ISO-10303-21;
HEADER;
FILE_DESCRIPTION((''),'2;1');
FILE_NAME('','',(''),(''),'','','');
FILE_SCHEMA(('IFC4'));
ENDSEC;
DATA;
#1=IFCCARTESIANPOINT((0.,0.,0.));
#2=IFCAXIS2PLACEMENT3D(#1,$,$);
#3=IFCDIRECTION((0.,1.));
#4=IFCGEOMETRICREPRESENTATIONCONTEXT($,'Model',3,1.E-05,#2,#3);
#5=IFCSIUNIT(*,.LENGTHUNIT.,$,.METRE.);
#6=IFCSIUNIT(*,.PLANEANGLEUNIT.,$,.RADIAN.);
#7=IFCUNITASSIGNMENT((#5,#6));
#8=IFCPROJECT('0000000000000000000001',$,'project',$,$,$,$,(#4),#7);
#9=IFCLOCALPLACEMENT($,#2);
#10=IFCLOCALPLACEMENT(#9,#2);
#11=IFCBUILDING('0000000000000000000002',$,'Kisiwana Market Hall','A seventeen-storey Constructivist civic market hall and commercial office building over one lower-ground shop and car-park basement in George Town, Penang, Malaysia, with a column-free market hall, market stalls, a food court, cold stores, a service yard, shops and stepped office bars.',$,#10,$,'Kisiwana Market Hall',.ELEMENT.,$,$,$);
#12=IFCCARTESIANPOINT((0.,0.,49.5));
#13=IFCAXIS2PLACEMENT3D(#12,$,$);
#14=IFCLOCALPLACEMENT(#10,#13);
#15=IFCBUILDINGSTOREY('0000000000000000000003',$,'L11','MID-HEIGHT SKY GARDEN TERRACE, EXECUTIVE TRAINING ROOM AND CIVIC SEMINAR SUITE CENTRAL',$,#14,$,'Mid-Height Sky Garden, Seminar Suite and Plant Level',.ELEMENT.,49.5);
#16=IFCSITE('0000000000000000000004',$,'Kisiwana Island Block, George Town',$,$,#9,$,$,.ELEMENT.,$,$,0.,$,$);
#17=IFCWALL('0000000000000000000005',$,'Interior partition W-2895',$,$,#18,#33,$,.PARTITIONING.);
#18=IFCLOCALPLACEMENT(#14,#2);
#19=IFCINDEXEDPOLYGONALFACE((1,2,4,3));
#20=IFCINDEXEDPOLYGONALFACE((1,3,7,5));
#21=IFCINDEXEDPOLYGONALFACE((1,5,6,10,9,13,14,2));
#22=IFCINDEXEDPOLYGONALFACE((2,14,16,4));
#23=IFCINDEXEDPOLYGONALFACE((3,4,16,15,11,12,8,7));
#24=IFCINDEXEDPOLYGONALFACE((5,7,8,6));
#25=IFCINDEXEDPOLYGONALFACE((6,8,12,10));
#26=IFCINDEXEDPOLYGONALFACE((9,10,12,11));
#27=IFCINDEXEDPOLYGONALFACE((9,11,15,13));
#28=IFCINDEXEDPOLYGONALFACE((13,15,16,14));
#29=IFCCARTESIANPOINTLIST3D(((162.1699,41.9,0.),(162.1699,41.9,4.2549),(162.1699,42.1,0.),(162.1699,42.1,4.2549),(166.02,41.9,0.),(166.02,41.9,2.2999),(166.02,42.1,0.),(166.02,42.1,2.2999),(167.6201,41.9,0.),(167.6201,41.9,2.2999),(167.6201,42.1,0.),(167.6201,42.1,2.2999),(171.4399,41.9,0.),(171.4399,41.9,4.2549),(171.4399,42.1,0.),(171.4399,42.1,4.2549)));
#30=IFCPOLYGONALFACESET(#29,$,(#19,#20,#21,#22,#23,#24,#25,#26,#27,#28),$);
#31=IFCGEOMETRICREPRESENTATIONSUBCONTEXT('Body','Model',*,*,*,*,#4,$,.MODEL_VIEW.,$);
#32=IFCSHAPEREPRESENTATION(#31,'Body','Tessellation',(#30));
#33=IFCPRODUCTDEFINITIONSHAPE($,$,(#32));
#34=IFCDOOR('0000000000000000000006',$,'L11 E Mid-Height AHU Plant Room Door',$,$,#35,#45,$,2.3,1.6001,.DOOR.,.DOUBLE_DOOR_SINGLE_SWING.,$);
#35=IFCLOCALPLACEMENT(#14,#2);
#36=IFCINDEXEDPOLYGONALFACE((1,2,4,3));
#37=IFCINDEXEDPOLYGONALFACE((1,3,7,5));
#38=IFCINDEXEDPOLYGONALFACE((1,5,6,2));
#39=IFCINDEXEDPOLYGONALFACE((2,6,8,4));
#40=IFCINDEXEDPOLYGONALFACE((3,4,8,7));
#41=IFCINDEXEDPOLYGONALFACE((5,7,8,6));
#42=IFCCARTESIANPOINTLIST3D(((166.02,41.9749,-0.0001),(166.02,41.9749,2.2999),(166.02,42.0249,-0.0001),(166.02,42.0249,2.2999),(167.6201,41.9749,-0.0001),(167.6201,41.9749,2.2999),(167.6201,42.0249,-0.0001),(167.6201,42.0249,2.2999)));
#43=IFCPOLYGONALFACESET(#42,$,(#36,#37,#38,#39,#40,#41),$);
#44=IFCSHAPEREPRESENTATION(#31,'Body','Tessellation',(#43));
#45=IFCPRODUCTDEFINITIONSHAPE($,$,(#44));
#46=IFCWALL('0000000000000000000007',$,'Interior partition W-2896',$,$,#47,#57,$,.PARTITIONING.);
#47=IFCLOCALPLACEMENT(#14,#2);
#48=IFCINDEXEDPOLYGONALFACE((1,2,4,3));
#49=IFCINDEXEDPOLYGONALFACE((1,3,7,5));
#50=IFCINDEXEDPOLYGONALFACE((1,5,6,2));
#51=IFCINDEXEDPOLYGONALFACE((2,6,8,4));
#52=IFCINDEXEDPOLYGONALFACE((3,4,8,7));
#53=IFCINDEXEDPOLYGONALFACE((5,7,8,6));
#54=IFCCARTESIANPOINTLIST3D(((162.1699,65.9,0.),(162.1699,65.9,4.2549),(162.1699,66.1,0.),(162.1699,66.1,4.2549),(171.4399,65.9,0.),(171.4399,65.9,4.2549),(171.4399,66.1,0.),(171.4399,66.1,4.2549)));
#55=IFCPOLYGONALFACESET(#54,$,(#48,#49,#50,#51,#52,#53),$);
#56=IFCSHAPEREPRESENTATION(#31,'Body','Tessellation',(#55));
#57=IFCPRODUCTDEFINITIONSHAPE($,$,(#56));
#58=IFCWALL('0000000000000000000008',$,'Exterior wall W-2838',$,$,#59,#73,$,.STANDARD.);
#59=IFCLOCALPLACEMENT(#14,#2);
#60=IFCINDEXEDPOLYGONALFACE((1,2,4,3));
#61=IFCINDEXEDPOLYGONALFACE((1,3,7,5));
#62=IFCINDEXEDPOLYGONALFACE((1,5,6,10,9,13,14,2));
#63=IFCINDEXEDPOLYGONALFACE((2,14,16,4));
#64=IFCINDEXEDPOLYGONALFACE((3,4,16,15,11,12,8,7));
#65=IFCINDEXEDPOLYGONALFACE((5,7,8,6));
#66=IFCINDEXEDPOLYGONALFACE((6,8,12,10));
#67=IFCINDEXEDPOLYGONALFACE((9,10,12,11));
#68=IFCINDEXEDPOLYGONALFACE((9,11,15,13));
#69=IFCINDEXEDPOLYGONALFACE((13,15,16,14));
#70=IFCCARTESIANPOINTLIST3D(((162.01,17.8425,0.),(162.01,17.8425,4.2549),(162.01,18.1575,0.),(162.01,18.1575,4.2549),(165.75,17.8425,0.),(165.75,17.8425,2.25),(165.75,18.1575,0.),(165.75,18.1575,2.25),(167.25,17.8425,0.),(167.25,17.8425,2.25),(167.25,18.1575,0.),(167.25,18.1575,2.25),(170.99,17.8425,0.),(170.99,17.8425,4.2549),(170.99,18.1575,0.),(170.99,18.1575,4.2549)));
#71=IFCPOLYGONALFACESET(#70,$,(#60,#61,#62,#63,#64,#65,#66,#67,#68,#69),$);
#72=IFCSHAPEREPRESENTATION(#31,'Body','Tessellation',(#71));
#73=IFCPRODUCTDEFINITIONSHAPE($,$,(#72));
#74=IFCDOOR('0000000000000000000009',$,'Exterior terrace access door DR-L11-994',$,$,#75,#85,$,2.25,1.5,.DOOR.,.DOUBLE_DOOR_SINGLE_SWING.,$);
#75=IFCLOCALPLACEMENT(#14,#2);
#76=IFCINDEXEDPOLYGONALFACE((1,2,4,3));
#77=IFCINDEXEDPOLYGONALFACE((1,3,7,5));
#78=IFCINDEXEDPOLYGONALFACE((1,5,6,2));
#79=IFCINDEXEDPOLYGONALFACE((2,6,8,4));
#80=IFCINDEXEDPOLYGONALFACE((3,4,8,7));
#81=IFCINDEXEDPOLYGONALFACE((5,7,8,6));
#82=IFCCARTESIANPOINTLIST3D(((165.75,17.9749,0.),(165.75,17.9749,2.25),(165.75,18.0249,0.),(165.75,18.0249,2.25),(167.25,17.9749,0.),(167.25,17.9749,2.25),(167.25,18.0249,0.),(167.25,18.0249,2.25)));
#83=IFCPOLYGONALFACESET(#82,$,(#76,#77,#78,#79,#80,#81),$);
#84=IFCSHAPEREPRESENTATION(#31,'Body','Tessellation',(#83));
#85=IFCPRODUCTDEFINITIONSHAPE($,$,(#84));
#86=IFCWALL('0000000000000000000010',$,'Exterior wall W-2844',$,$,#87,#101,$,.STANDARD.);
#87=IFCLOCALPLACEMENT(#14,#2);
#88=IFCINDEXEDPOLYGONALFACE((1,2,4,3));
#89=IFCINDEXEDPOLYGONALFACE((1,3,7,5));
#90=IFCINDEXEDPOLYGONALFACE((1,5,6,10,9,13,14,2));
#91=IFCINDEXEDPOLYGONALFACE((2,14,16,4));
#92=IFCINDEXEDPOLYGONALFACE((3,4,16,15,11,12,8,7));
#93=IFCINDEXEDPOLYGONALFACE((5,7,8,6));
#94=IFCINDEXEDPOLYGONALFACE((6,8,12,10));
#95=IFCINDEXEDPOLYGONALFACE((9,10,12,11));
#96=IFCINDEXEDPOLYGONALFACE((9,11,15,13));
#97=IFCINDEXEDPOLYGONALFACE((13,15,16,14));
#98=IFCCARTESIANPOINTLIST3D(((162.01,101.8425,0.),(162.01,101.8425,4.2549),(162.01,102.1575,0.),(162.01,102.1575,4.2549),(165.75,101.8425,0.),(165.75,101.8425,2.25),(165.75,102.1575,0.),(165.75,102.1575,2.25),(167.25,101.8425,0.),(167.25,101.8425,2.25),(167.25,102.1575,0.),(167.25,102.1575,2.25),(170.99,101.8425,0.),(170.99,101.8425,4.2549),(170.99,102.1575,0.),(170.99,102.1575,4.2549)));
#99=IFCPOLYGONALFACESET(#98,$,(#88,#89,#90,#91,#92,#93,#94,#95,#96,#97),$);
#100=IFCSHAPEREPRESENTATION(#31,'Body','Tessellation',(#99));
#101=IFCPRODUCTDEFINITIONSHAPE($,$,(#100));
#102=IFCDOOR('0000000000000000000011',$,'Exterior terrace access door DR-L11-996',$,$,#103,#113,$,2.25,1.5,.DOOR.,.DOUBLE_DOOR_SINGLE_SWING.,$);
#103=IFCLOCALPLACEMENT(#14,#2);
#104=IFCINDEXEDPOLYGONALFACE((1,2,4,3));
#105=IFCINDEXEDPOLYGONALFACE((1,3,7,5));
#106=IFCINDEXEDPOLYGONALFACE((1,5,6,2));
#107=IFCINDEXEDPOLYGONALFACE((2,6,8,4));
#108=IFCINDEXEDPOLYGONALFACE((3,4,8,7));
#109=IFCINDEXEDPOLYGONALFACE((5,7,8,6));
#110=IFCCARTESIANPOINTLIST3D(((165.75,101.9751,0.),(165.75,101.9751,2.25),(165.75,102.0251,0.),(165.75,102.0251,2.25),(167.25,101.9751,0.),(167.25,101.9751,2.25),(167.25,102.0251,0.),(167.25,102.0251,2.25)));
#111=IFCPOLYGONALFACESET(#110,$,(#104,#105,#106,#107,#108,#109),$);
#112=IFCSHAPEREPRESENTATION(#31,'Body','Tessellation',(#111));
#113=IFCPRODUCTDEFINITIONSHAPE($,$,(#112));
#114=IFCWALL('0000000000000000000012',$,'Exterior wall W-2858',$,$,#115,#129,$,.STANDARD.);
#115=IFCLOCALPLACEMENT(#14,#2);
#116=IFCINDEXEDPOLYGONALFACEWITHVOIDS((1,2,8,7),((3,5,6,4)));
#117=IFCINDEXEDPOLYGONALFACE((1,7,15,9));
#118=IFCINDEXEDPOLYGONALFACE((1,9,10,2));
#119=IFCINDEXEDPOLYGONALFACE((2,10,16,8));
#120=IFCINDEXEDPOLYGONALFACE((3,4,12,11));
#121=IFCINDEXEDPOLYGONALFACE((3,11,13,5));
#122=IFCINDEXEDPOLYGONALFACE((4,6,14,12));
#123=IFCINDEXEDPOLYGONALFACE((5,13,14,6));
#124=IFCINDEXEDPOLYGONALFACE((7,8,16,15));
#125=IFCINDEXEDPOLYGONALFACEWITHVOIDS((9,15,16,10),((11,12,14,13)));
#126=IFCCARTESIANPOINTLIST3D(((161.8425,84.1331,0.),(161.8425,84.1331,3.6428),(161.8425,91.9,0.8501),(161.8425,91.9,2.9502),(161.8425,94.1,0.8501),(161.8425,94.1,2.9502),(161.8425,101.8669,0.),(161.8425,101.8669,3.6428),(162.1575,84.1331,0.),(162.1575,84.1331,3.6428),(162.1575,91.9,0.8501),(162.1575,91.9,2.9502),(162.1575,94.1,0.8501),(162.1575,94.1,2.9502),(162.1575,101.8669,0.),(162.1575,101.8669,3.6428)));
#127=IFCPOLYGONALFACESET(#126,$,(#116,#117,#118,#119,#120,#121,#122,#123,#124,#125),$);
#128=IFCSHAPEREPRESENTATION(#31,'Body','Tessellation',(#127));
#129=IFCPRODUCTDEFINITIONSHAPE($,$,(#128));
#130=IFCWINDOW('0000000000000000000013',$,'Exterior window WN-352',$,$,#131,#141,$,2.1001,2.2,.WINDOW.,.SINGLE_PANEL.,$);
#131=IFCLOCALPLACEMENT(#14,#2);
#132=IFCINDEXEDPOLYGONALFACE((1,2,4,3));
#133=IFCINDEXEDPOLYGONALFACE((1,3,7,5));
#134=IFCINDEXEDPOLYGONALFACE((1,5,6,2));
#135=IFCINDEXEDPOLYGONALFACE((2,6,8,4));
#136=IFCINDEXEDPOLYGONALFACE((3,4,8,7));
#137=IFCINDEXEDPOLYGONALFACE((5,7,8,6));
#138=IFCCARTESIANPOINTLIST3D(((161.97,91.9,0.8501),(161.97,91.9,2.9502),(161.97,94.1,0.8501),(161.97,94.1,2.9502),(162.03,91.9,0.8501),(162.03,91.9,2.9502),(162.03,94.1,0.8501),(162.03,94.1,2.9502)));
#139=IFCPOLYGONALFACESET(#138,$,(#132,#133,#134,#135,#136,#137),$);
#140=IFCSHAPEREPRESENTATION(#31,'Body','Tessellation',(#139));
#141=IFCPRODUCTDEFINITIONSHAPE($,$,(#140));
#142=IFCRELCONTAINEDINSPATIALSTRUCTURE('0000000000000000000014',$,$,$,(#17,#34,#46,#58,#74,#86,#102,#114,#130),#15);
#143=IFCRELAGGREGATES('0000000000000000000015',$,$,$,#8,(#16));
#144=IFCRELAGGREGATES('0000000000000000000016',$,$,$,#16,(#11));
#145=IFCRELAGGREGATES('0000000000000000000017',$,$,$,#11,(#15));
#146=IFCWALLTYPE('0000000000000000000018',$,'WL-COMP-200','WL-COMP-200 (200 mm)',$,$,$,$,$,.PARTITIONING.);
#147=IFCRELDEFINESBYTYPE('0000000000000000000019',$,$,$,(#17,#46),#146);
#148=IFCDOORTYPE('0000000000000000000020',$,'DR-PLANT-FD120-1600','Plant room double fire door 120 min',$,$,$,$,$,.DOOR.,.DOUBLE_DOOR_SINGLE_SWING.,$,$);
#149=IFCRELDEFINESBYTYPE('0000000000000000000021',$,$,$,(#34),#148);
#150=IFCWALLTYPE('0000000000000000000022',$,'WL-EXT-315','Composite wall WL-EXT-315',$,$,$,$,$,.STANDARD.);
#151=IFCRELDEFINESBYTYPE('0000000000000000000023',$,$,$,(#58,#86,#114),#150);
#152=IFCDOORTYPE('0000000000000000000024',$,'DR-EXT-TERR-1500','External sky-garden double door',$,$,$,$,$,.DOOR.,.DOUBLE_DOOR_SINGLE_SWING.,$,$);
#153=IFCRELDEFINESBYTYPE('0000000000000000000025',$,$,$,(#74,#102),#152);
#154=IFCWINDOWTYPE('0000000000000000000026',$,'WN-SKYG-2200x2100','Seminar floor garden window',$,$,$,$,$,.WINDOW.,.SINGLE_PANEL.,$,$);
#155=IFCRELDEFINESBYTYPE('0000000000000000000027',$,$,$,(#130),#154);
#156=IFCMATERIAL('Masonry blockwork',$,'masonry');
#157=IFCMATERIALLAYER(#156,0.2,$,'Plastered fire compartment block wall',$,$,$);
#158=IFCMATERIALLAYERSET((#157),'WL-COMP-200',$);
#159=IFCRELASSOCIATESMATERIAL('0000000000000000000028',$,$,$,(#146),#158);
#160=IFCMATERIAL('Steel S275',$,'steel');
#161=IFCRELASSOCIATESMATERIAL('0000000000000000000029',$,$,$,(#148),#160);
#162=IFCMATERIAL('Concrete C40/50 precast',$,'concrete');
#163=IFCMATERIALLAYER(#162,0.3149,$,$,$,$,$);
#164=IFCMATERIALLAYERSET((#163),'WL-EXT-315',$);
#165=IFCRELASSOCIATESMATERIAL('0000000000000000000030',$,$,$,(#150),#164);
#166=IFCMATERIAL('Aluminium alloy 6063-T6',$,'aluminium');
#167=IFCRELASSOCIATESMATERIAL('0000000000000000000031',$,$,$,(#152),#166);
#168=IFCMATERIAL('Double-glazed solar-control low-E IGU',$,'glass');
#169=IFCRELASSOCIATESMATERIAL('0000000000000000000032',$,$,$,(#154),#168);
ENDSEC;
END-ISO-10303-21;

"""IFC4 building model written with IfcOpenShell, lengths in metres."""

from ifc_helpers import new_model, si_unit, direction, frame, frame_2d, origin, place, context, subcontext, project, spatial, rectangle, extrude, material, layer, layer_set, type_object, element, fill, save


model = new_model("IFC4")

# Units and contexts
model_context = context("Model", 3, precision=1e-05, world=origin(), true_north=direction((0.0, 1.0)))
body_context = subcontext(model_context, "Body", "Model", "MODEL_VIEW")
ifc_project = project(units=[si_unit("LENGTHUNIT", "METRE"), si_unit("PLANEANGLEUNIT", "RADIAN")], contexts=[model_context])

# Site, building, storey
site_placement = place(None, origin())
site = spatial("IfcSite", under=ifc_project, at=site_placement, Name="Kisiwana Island Block, George Town", CompositionType="ELEMENT", RefElevation=0.0)
building_placement = place(site_placement, origin())
building = spatial("IfcBuilding", under=site, at=building_placement, Name="Kisiwana Market Hall", Description="A seventeen-storey Constructivist civic market hall and commercial office building over one lower-ground shop and car-park basement in George Town, Penang, Malaysia, with a column-free market hall, market stalls, a food court, cold stores, a service yard, shops and stepped office bars.", LongName="Kisiwana Market Hall", CompositionType="ELEMENT")
storey_placement = place(building_placement, frame((0.0, 0.0, 49.5)))
storey = spatial("IfcBuildingStorey", under=building, at=storey_placement, Name="L11", Description="MID-HEIGHT SKY GARDEN TERRACE, EXECUTIVE TRAINING ROOM AND CIVIC SEMINAR SUITE CENTRAL", LongName="Mid-Height Sky Garden, Seminar Suite and Plant Level", CompositionType="ELEMENT", Elevation=49.5)

# Wall, opening, door
ifc_material_1 = material(Name="Masonry blockwork", Category="masonry")
ifc_layer_1 = layer(ifc_material_1, 0.2, Name="Plastered fire compartment block wall")
ifc_layer_set_1 = layer_set([ifc_layer_1], Name="WL-COMP-200")
wall_type_1 = type_object("IfcWallType", Name="WL-COMP-200", Description="WL-COMP-200 (200 mm)", PredefinedType="PARTITIONING", material=ifc_layer_set_1)
wall_1_placement = place(storey_placement, frame((162.1699, 42.0, 0.0), z_axis=(0.0, 0.0, 1.0), x_axis=(1.0, 0.0, 0.0)))
wall_1 = element("IfcWall", 1, at=wall_1_placement, inside=storey, type_object=wall_type_1, Name="Interior partition W-2895", PredefinedType="PARTITIONING", context=body_context, shape_type="SweptSolid", body=[
    extrude(rectangle(XDim=9.27, YDim=0.2, at=frame_2d((4.635, 0.0))), origin(), (0.0, 0.0, 1.0), 4.2549),
])
opening_1_placement = place(wall_1_placement, frame((3.8501, 0.0, 0.0)))
opening_1 = element("IfcOpeningElement", 2, at=opening_1_placement, cuts=wall_1, PredefinedType="OPENING", context=body_context, shape_type="SweptSolid", body=[
    extrude(rectangle(XDim=1.6001, YDim=2.3, at=frame_2d((0.8, 1.1499))), frame((0.0, 0.1118, 0.0), z_axis=(0.0, -1.0, 0.0), x_axis=(1.0, 0.0, 0.0)), (0.0, 0.0, 1.0), 0.2239),
])
ifc_material_2 = material(Name="Steel S275", Category="steel")
door_type_1 = type_object("IfcDoorType", Name="DR-PLANT-FD120-1600", Description="Plant room double fire door 120 min", OperationType="DOUBLE_DOOR_SINGLE_SWING", PredefinedType="DOOR", material=ifc_material_2)
door_1_placement = place(opening_1_placement, origin())
door_1 = element("IfcDoor", 3, at=door_1_placement, inside=storey, type_object=door_type_1, Name="L11 E Mid-Height AHU Plant Room Door", OperationType="DOUBLE_DOOR_SINGLE_SWING", OverallHeight=2.3, OverallWidth=1.6001, PredefinedType="DOOR", context=body_context, shape_type="SweptSolid", body=[
    extrude(rectangle(XDim=1.6001, YDim=2.3, at=frame_2d((0.8, 1.1499))), frame((0.0, 0.0249, 0.0), z_axis=(0.0, -1.0, 0.0), x_axis=(1.0, 0.0, 0.0)), (0.0, 0.0, 1.0), 0.05),
])
fill(opening_1, door_1)

# Wall
wall_2_placement = place(storey_placement, frame((162.1699, 66.0, 0.0), z_axis=(0.0, 0.0, 1.0), x_axis=(1.0, 0.0, 0.0)))
element("IfcWall", 4, at=wall_2_placement, inside=storey, type_object=wall_type_1, Name="Interior partition W-2896", PredefinedType="PARTITIONING", context=body_context, shape_type="SweptSolid", body=[
    extrude(rectangle(XDim=9.27, YDim=0.2, at=frame_2d((4.635, 0.0))), origin(), (0.0, 0.0, 1.0), 4.2549),
])

# Walls, openings, doors
ifc_material_3 = material(Name="Concrete C40/50 precast", Category="concrete")
ifc_layer_2 = layer(ifc_material_3, 0.3149)
ifc_layer_set_2 = layer_set([ifc_layer_2], Name="WL-EXT-315")
wall_type_2 = type_object("IfcWallType", Name="WL-EXT-315", Description="Composite wall WL-EXT-315", PredefinedType="STANDARD", material=ifc_layer_set_2)
wall_3_placement = place(storey_placement, frame((162.01, 18.0, 0.0), z_axis=(0.0, 0.0, 1.0), x_axis=(1.0, 0.0, 0.0)))
wall_3 = element("IfcWall", 5, at=wall_3_placement, inside=storey, type_object=wall_type_2, Name="Exterior wall W-2838", PredefinedType="STANDARD", context=body_context, shape_type="SweptSolid", body=[
    extrude(rectangle(XDim=8.98, YDim=0.3149, at=frame_2d((4.49, 0.0))), origin(), (0.0, 0.0, 1.0), 4.2549),
])
opening_2_placement = place(wall_3_placement, frame((3.74, 0.0, 0.0)))
opening_2 = element("IfcOpeningElement", 6, at=opening_2_placement, cuts=wall_3, PredefinedType="OPENING", context=body_context, shape_type="SweptSolid", body=[
    extrude(rectangle(XDim=1.5, YDim=2.25, at=frame_2d((0.75, 1.125))), frame((0.0, 0.1694, 0.0), z_axis=(0.0, -1.0, 0.0), x_axis=(1.0, 0.0, 0.0)), (0.0, 0.0, 1.0), 0.3389),
])
ifc_material_4 = material(Name="Aluminium alloy 6063-T6", Category="aluminium")
door_type_2 = type_object("IfcDoorType", Name="DR-EXT-TERR-1500", Description="External sky-garden double door", OperationType="DOUBLE_DOOR_SINGLE_SWING", PredefinedType="DOOR", material=ifc_material_4)
door_2_placement = place(opening_2_placement, origin())
door_2 = element("IfcDoor", 7, at=door_2_placement, inside=storey, type_object=door_type_2, Name="Exterior terrace access door DR-L11-994", OperationType="DOUBLE_DOOR_SINGLE_SWING", OverallHeight=2.25, OverallWidth=1.5, PredefinedType="DOOR", context=body_context, shape_type="SweptSolid", body=[
    extrude(rectangle(XDim=1.5, YDim=2.25, at=frame_2d((0.75, 1.125))), frame((0.0, 0.0249, 0.0), z_axis=(0.0, -1.0, 0.0), x_axis=(1.0, 0.0, 0.0)), (0.0, 0.0, 1.0), 0.05),
])
fill(opening_2, door_2)
wall_4_placement = place(storey_placement, frame((162.01, 102.0, 0.0), z_axis=(0.0, 0.0, 1.0), x_axis=(1.0, 0.0, 0.0)))
wall_4 = element("IfcWall", 8, at=wall_4_placement, inside=storey, type_object=wall_type_2, Name="Exterior wall W-2844", PredefinedType="STANDARD", context=body_context, shape_type="SweptSolid", body=[
    extrude(rectangle(XDim=8.98, YDim=0.3149, at=frame_2d((4.49, 0.0))), origin(), (0.0, 0.0, 1.0), 4.2549),
])
opening_3_placement = place(wall_4_placement, frame((3.74, 0.0, 0.0)))
opening_3 = element("IfcOpeningElement", 9, at=opening_3_placement, cuts=wall_4, PredefinedType="OPENING", context=body_context, shape_type="SweptSolid", body=[
    extrude(rectangle(XDim=1.5, YDim=2.25, at=frame_2d((0.75, 1.125))), frame((0.0, 0.1694, 0.0), z_axis=(0.0, -1.0, 0.0), x_axis=(1.0, 0.0, 0.0)), (0.0, 0.0, 1.0), 0.3389),
])
door_3_placement = place(opening_3_placement, frame((1.5, 0.0, 0.0), z_axis=(0.0, 0.0, 1.0), x_axis=(-1.0, 0.0, 0.0)))
door_3 = element("IfcDoor", 10, at=door_3_placement, inside=storey, type_object=door_type_2, Name="Exterior terrace access door DR-L11-996", OperationType="DOUBLE_DOOR_SINGLE_SWING", OverallHeight=2.25, OverallWidth=1.5, PredefinedType="DOOR", context=body_context, shape_type="SweptSolid", body=[
    extrude(rectangle(XDim=1.5, YDim=2.25, at=frame_2d((0.75, 1.125))), frame((0.0, 0.0249, 0.0), z_axis=(0.0, -1.0, 0.0), x_axis=(1.0, 0.0, 0.0)), (0.0, 0.0, 1.0), 0.05),
])
fill(opening_3, door_3)

# Wall, opening, window
wall_5_placement = place(storey_placement, frame((162.0, 84.1331, 0.0), z_axis=(0.0, 0.0, 1.0), x_axis=(0.0, 1.0, 0.0)))
wall_5 = element("IfcWall", 11, at=wall_5_placement, inside=storey, type_object=wall_type_2, Name="Exterior wall W-2858", PredefinedType="STANDARD", context=body_context, shape_type="SweptSolid", body=[
    extrude(rectangle(XDim=17.7339, YDim=0.3149, at=frame_2d((8.8669, 0.0))), origin(), (0.0, 0.0, 1.0), 3.6428),
])
opening_4_placement = place(wall_5_placement, frame((7.7668, 0.0, 0.8501)))
opening_4 = element("IfcOpeningElement", 12, at=opening_4_placement, cuts=wall_5, PredefinedType="OPENING", context=body_context, shape_type="SweptSolid", body=[
    extrude(rectangle(XDim=2.2, YDim=2.1001, at=frame_2d((1.1001, 1.05))), frame((0.0, 0.1694, 0.0), z_axis=(0.0, -1.0, 0.0), x_axis=(1.0, 0.0, 0.0)), (0.0, 0.0, 1.0), 0.3389),
])
ifc_material_5 = material(Name="Double-glazed solar-control low-E IGU", Category="glass")
window_type = type_object("IfcWindowType", Name="WN-SKYG-2200x2100", Description="Seminar floor garden window", PartitioningType="SINGLE_PANEL", PredefinedType="WINDOW", material=ifc_material_5)
window_placement = place(opening_4_placement, origin())
window = element("IfcWindow", 13, at=window_placement, inside=storey, type_object=window_type, Name="Exterior window WN-352", OverallHeight=2.1001, OverallWidth=2.2, PartitioningType="SINGLE_PANEL", PredefinedType="WINDOW", context=body_context, shape_type="SweptSolid", body=[
    extrude(rectangle(XDim=2.2, YDim=2.1001, at=frame_2d((1.1001, 1.05))), frame((0.0, 0.03, 0.0), z_axis=(0.0, -1.0, 0.0), x_axis=(1.0, 0.0, 0.0)), (0.0, 0.0, 1.0), 0.0601),
])
fill(opening_4, window)

save(model, "model.ifc")
